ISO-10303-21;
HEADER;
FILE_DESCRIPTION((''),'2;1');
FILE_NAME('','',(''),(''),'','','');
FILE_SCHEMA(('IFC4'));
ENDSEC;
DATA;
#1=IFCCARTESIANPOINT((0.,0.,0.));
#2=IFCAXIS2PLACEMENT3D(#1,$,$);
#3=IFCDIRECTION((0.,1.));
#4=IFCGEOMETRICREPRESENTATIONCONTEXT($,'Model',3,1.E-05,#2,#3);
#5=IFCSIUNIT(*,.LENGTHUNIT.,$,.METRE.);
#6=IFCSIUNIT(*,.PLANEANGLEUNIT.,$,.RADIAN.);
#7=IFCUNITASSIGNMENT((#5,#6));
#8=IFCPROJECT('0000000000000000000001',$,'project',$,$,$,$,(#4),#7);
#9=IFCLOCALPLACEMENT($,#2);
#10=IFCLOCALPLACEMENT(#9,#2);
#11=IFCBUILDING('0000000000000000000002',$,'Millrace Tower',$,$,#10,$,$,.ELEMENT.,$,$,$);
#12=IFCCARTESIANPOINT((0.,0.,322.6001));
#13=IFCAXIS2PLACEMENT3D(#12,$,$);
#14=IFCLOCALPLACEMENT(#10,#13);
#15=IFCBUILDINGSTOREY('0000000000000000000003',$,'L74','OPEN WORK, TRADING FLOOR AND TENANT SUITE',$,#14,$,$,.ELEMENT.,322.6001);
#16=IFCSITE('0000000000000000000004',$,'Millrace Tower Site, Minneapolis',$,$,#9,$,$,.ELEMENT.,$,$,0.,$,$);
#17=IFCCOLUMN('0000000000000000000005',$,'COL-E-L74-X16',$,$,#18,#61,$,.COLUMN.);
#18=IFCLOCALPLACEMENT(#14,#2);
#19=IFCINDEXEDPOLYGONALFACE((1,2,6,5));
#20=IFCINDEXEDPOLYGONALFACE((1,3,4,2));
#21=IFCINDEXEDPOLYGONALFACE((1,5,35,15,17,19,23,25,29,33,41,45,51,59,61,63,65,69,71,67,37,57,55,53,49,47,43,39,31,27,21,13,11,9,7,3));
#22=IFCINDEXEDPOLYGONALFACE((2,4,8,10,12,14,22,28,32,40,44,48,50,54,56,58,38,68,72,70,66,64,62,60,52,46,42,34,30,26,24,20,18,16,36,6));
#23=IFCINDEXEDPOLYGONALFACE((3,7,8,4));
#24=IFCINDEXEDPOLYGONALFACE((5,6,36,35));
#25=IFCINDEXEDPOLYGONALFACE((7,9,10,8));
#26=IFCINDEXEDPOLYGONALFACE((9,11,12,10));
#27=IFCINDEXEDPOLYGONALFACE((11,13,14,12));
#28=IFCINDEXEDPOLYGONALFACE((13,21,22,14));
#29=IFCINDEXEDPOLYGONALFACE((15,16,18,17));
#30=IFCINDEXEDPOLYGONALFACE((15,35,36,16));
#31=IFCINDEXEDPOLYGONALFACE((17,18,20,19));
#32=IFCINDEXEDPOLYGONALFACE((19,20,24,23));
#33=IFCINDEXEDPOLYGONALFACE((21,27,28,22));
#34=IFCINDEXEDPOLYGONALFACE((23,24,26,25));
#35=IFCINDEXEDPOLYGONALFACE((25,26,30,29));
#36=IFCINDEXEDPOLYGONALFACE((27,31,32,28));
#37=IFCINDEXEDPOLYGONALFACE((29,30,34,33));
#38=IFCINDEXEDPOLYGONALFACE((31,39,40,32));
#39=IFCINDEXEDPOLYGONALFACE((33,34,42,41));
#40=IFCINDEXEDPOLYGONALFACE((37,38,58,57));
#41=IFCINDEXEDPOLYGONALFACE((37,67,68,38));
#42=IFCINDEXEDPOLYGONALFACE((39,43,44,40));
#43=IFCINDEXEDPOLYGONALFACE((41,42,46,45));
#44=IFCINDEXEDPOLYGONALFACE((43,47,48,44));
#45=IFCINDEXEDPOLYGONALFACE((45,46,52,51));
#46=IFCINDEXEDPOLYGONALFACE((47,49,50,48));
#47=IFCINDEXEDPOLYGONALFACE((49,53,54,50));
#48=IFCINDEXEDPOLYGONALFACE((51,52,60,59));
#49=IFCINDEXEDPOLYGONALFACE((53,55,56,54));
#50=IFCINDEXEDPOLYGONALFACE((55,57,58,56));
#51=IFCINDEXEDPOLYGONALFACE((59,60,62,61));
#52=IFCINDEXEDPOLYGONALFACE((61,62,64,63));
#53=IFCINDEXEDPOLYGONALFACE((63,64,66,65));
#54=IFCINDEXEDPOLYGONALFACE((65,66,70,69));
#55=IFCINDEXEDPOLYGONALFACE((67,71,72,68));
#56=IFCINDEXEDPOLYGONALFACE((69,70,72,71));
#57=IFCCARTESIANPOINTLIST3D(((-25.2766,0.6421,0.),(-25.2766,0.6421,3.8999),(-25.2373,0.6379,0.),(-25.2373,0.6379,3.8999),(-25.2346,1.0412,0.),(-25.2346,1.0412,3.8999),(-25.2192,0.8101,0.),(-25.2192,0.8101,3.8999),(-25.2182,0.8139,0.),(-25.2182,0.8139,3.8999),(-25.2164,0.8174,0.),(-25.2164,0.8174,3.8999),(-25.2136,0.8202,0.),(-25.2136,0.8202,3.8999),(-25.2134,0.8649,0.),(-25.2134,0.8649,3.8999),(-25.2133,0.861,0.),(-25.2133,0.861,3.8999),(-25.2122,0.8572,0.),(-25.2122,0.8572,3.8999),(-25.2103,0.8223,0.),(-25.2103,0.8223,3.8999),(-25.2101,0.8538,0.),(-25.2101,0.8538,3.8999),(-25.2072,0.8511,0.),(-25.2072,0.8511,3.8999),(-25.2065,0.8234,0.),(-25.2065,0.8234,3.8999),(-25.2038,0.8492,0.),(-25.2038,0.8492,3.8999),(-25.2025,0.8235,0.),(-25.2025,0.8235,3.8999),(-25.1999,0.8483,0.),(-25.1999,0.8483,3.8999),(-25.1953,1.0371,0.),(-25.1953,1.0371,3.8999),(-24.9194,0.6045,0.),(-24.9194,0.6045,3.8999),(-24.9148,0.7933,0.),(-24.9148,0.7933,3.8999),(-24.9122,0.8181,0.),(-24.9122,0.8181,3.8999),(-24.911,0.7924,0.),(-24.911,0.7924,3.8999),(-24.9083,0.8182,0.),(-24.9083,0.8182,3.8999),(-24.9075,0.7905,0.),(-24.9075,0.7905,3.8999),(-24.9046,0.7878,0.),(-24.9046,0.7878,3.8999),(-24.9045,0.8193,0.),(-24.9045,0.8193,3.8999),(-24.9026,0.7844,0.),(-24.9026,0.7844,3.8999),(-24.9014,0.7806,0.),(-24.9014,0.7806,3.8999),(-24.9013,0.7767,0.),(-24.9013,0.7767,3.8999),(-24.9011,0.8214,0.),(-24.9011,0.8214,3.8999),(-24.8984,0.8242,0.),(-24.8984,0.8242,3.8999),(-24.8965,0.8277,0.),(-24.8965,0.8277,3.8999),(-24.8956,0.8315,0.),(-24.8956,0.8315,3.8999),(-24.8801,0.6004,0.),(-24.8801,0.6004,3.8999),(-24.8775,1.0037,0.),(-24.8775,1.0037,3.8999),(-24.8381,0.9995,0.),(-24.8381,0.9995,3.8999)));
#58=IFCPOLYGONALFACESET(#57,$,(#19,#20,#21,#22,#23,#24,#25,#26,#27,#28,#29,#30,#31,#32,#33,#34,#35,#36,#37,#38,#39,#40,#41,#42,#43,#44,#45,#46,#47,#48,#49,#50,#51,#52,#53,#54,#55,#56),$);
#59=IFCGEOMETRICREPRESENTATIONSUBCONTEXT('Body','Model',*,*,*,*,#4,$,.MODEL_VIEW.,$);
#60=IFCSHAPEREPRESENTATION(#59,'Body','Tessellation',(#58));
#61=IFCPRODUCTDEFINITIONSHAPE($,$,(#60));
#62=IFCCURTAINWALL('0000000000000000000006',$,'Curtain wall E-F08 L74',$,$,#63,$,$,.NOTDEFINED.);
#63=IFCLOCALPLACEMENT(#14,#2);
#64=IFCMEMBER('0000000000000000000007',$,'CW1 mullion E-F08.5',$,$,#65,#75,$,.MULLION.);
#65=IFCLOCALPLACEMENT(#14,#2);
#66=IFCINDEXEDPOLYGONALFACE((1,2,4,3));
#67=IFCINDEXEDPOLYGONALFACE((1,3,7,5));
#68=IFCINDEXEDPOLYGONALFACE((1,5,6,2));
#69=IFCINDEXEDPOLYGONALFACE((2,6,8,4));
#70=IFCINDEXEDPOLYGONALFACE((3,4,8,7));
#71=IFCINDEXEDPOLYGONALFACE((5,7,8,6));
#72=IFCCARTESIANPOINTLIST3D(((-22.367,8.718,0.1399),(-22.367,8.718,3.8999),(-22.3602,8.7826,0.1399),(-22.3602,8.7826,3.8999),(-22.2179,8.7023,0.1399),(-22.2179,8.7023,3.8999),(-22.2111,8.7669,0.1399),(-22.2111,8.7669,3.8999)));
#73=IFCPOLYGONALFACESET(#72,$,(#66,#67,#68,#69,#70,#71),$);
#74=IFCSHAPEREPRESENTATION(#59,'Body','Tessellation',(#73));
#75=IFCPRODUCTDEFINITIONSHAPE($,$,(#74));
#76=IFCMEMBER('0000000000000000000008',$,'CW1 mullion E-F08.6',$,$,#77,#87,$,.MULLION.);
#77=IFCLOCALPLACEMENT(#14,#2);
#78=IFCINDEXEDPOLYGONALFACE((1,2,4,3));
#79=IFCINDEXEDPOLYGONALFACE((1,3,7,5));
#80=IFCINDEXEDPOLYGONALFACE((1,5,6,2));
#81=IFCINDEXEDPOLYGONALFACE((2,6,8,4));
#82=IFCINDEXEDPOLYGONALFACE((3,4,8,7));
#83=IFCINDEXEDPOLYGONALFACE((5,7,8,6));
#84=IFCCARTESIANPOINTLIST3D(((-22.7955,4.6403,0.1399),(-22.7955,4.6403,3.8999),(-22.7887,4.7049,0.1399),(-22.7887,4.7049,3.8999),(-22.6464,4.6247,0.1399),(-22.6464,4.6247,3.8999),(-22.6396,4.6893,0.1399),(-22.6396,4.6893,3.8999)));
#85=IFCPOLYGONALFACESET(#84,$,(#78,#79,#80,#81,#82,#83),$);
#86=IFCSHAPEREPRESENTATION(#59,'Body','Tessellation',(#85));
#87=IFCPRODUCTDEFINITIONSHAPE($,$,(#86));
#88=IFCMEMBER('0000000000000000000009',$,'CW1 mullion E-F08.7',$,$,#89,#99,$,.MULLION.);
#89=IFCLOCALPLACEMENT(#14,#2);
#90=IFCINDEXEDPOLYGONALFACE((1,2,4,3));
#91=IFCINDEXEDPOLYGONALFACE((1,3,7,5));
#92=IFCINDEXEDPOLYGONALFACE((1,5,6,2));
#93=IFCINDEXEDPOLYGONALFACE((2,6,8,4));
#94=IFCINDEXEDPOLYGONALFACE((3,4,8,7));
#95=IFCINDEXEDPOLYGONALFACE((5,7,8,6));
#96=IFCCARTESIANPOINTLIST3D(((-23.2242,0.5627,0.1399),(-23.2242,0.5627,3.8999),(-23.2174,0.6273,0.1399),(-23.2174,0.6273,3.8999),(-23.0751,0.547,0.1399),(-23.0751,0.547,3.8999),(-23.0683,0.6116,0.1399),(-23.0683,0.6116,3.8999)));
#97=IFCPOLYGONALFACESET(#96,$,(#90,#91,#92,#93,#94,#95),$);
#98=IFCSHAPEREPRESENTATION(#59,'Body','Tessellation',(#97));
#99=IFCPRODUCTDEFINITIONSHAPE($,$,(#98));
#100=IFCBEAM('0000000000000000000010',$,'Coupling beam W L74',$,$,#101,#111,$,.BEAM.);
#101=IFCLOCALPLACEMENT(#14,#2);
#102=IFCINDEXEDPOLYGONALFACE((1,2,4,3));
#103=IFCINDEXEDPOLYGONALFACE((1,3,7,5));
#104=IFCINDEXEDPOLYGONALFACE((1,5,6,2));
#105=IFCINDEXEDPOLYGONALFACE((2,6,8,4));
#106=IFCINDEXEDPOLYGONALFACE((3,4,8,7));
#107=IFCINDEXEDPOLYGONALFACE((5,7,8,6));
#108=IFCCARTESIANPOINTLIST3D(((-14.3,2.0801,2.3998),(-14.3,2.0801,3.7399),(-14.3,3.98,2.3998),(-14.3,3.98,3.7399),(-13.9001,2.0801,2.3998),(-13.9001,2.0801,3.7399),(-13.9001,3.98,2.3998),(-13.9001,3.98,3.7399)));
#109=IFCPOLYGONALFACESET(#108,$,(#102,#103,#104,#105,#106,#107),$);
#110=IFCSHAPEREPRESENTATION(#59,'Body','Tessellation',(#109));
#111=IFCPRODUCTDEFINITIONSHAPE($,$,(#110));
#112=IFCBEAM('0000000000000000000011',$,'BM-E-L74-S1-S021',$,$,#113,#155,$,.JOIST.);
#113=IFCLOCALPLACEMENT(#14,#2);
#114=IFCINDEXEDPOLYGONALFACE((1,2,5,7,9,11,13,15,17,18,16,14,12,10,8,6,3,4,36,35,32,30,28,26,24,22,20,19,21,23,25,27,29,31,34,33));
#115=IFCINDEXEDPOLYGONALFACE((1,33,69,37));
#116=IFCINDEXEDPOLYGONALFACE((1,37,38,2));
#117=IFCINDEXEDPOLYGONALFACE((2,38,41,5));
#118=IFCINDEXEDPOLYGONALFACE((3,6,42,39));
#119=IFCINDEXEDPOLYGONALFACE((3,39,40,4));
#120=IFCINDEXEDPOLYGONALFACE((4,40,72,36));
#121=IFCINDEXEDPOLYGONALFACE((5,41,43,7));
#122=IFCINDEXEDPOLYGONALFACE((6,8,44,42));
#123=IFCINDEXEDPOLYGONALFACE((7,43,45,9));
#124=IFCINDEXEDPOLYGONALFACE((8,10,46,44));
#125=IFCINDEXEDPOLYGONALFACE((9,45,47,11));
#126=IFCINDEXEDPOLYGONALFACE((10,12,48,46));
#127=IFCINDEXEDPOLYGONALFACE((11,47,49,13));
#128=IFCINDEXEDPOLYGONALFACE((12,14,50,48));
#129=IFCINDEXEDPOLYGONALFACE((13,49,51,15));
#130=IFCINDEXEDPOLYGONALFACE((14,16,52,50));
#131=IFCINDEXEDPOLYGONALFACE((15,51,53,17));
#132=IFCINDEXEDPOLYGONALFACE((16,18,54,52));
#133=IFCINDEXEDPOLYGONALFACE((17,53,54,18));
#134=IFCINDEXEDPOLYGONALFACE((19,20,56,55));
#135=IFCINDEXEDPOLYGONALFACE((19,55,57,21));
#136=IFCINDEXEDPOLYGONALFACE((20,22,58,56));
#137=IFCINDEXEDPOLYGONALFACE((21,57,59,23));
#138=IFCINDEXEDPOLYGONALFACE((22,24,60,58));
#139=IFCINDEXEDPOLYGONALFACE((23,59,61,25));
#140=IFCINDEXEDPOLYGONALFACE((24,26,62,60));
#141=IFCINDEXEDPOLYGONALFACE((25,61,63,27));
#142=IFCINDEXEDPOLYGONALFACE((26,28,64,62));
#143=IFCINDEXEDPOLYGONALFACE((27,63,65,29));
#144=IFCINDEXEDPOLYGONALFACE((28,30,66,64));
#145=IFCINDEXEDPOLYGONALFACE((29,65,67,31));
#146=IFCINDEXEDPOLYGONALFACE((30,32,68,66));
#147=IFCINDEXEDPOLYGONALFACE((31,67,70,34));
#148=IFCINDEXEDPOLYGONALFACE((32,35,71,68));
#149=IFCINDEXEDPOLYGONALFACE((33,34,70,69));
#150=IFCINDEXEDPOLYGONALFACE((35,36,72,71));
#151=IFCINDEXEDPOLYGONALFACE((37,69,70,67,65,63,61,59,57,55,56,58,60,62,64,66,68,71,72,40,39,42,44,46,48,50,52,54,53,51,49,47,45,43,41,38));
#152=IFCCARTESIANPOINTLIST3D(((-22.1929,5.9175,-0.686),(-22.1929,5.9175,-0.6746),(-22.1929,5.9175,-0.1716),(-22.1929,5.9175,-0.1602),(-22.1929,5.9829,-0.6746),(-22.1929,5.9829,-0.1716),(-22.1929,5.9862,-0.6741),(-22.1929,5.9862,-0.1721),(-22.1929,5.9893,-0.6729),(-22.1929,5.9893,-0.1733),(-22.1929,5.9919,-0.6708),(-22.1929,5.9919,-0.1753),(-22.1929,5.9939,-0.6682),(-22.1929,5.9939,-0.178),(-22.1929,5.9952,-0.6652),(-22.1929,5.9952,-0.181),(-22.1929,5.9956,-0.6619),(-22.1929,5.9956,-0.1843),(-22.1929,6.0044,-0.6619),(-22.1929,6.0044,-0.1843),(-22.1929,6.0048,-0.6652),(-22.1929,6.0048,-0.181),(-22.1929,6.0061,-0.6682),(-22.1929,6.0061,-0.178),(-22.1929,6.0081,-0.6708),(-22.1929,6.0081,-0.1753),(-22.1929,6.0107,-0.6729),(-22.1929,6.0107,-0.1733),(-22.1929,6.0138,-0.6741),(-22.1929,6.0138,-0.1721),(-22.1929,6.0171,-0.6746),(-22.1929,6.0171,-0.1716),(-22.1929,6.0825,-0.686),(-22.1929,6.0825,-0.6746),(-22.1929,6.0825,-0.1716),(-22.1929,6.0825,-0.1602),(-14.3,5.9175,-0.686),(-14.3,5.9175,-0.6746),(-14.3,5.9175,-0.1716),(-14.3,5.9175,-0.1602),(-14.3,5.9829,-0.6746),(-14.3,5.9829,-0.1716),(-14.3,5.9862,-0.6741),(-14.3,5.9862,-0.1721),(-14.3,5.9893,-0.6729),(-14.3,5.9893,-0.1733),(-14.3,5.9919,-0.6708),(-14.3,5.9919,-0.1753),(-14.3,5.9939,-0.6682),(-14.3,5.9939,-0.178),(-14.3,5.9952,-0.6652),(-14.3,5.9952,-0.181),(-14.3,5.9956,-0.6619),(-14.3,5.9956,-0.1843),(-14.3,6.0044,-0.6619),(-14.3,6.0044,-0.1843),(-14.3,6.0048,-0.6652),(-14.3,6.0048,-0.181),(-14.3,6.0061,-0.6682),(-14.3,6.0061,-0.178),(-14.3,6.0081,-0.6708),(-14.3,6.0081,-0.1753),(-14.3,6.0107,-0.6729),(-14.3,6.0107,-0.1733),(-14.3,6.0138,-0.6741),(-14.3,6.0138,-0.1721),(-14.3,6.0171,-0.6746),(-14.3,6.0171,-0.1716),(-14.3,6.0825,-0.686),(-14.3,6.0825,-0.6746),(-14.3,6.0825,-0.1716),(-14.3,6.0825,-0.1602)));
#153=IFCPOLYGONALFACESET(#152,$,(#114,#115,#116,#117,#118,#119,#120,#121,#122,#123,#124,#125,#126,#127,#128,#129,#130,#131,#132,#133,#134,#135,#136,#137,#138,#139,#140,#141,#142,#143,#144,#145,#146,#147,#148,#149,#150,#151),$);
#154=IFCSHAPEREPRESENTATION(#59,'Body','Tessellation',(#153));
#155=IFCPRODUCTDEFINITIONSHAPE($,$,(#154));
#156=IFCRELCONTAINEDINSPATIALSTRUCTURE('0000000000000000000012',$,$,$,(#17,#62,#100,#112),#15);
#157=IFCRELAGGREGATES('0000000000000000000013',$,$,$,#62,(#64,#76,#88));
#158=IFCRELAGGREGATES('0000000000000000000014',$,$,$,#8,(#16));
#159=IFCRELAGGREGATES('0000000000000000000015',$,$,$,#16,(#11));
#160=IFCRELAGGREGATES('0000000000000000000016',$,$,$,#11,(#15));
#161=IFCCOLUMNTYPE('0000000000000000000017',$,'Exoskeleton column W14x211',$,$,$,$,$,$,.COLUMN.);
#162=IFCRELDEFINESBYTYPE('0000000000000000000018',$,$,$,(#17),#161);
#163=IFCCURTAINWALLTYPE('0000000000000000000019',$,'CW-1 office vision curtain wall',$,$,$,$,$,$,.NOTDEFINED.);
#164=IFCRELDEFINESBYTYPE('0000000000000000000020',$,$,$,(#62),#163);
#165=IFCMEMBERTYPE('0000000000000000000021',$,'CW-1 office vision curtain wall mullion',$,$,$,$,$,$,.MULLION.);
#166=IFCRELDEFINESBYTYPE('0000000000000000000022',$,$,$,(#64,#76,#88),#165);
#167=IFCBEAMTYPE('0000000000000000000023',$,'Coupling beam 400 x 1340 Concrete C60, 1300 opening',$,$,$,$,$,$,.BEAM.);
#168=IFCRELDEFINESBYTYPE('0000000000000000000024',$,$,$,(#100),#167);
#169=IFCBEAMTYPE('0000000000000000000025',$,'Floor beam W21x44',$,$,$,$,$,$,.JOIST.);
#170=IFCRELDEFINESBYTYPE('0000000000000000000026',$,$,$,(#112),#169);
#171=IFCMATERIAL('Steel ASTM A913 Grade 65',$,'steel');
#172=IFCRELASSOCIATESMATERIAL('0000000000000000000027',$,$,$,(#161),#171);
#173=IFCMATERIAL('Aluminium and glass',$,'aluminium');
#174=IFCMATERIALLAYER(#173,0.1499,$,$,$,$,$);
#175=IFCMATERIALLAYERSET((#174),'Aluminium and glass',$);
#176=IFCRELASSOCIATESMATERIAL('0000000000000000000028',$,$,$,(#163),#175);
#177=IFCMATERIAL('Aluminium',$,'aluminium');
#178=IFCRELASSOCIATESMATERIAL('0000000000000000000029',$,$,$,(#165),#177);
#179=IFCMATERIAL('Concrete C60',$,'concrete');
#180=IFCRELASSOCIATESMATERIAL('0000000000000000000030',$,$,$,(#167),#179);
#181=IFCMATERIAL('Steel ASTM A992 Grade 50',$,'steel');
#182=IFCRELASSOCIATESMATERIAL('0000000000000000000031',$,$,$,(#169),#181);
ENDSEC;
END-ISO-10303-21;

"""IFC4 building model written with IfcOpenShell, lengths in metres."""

from ifc_helpers import new_model, si_unit, direction, frame, origin, origin_2d, place, context, subcontext, project, spatial, rectangle, i_section, extrude, material, layer, layer_set, material_profile, profile_set, type_object, element, aggregate, save


model = new_model("IFC4")

# Units and contexts
model_context = context("Model", 3, precision=1e-05, world=origin(), true_north=direction((0.0, 1.0)))
body_context = subcontext(model_context, "Body", "Model", "MODEL_VIEW")
ifc_project = project(units=[si_unit("LENGTHUNIT", "METRE"), si_unit("PLANEANGLEUNIT", "RADIAN")], contexts=[model_context])

# Site, building, storey
site_placement = place(None, origin())
site = spatial("IfcSite", under=ifc_project, at=site_placement, Name="Millrace Tower Site, Minneapolis", CompositionType="ELEMENT", RefElevation=0.0)
building_placement = place(site_placement, origin())
building = spatial("IfcBuilding", under=site, at=building_placement, Name="Millrace Tower", CompositionType="ELEMENT")
storey_placement = place(building_placement, frame((0.0, 0.0, 322.6001)))
storey = spatial("IfcBuildingStorey", under=building, at=storey_placement, Name="L74", Description="OPEN WORK, TRADING FLOOR AND TENANT SUITE", CompositionType="ELEMENT", Elevation=322.6001)

# Column
ifc_material_1 = material(Name="Steel ASTM A913 Grade 65", Category="steel")
ifc_material_profile_1 = material_profile(ifc_material_1, i_section(OverallWidth=0.4014, OverallDepth=0.3987, WebThickness=0.0249, FlangeThickness=0.0396, FilletRadius=0.0151, at=origin_2d()))
ifc_profile_set_1 = profile_set([ifc_material_profile_1], Name="Steel ASTM A913 Grade 65")
column_type = type_object("IfcColumnType", Name="Exoskeleton column W14x211", PredefinedType="COLUMN", material=ifc_profile_set_1)
column_placement = place(storey_placement, frame((-25.0574, 0.8208, 0.0), z_axis=(0.0, 0.0, 1.0), x_axis=(-0.104528, -0.994522, 0.0)))
element("IfcColumn", 1, at=column_placement, inside=storey, type_object=column_type, Name="COL-E-L74-X16", PredefinedType="COLUMN", context=body_context, shape_type="SweptSolid", body=[
    extrude(i_section(OverallWidth=0.4014, OverallDepth=0.3987, WebThickness=0.0249, FlangeThickness=0.0396, FilletRadius=0.0151, at=origin_2d()), origin(), (0.0, 0.0, 1.0), 3.8999),
])

# Curtain wall, members
ifc_material_2 = material(Name="Aluminium and glass", Category="aluminium")
ifc_layer_1 = layer(ifc_material_2, 0.1499)
ifc_layer_set_1 = layer_set([ifc_layer_1], Name="Aluminium and glass")
curtain_wall_type = type_object("IfcCurtainWallType", Name="CW-1 office vision curtain wall", PredefinedType="NOTDEFINED", material=ifc_layer_set_1)
placement = place(storey_placement, origin())
curtain_wall = element("IfcCurtainWall", 2, at=placement, inside=storey, type_object=curtain_wall_type, Name="Curtain wall E-F08 L74", PredefinedType="NOTDEFINED")
ifc_material_3 = material(Name="Aluminium", Category="aluminium")
ifc_material_profile_2 = material_profile(ifc_material_3, rectangle(XDim=0.0649, YDim=0.1499, at=origin_2d()))
ifc_profile_set_2 = profile_set([ifc_material_profile_2], Name="Aluminium")
member_type = type_object("IfcMemberType", Name="CW-1 office vision curtain wall mullion", PredefinedType="MULLION", material=ifc_profile_set_2)
member_1_placement = place(storey_placement, frame((-22.2891, 8.7424, 0.1399), z_axis=(0.0, 0.0, 1.0), x_axis=(-0.104528, -0.994522, 0.0)))
member_1 = element("IfcMember", 3, at=member_1_placement, type_object=member_type, Name="CW1 mullion E-F08.5", PredefinedType="MULLION", context=body_context, shape_type="SweptSolid", body=[
    extrude(rectangle(XDim=0.0649, YDim=0.1499, at=origin_2d()), origin(), (0.0, 0.0, 1.0), 3.76),
])
member_2_placement = place(storey_placement, frame((-22.7175, 4.6648, 0.1399), z_axis=(0.0, 0.0, 1.0), x_axis=(-0.104528, -0.994522, 0.0)))
member_2 = element("IfcMember", 4, at=member_2_placement, type_object=member_type, Name="CW1 mullion E-F08.6", PredefinedType="MULLION", context=body_context, shape_type="SweptSolid", body=[
    extrude(rectangle(XDim=0.0649, YDim=0.1499, at=origin_2d()), origin(), (0.0, 0.0, 1.0), 3.76),
])
member_3_placement = place(storey_placement, frame((-23.1462, 0.5872, 0.1399), z_axis=(0.0, 0.0, 1.0), x_axis=(-0.104528, -0.994522, 0.0)))
member_3 = element("IfcMember", 5, at=member_3_placement, type_object=member_type, Name="CW1 mullion E-F08.7", PredefinedType="MULLION", context=body_context, shape_type="SweptSolid", body=[
    extrude(rectangle(XDim=0.0649, YDim=0.1499, at=origin_2d()), origin(), (0.0, 0.0, 1.0), 3.76),
])
aggregate(curtain_wall, [member_1, member_2, member_3])

# Beams
ifc_material_4 = material(Name="Concrete C60", Category="concrete")
ifc_material_profile_3 = material_profile(ifc_material_4, rectangle(XDim=0.3999, YDim=1.3401, at=origin_2d()))
ifc_profile_set_3 = profile_set([ifc_material_profile_3], Name="Concrete C60")
beam_type_1 = type_object("IfcBeamType", Name="Coupling beam 400 x 1340 Concrete C60, 1300 opening", PredefinedType="BEAM", material=ifc_profile_set_3)
beam_1_placement = place(storey_placement, frame((-14.1001, 2.0801, 3.0698), z_axis=(0.0, 1.0, 0.0), x_axis=(-1.0, 0.0, 0.0)))
element("IfcBeam", 6, at=beam_1_placement, inside=storey, type_object=beam_type_1, Name="Coupling beam W L74", PredefinedType="BEAM", context=body_context, shape_type="SweptSolid", body=[
    extrude(rectangle(XDim=0.3999, YDim=1.3401, at=origin_2d()), origin(), (0.0, 0.0, 1.0), 1.8999),
])
ifc_material_5 = material(Name="Steel ASTM A992 Grade 50", Category="steel")
ifc_material_profile_4 = material_profile(ifc_material_5, i_section(OverallWidth=0.165, OverallDepth=0.5259, WebThickness=0.0088, FlangeThickness=0.0115, FilletRadius=0.0127, at=origin_2d()))
ifc_profile_set_4 = profile_set([ifc_material_profile_4], Name="Steel ASTM A992 Grade 50")
beam_type_2 = type_object("IfcBeamType", Name="Floor beam W21x44", PredefinedType="JOIST", material=ifc_profile_set_4)
beam_2_placement = place(storey_placement, frame((-22.1929, 6.0, -0.4231), z_axis=(1.0, 0.0, 0.0), x_axis=(0.0, 1.0, 0.0)))
element("IfcBeam", 7, at=beam_2_placement, inside=storey, type_object=beam_type_2, Name="BM-E-L74-S1-S021", PredefinedType="JOIST", context=body_context, shape_type="SweptSolid", body=[
    extrude(i_section(OverallWidth=0.165, OverallDepth=0.5259, WebThickness=0.0088, FlangeThickness=0.0115, FilletRadius=0.0127, at=origin_2d()), origin(), (0.0, 0.0, 1.0), 7.8928),
])

save(model, "model.ifc")
